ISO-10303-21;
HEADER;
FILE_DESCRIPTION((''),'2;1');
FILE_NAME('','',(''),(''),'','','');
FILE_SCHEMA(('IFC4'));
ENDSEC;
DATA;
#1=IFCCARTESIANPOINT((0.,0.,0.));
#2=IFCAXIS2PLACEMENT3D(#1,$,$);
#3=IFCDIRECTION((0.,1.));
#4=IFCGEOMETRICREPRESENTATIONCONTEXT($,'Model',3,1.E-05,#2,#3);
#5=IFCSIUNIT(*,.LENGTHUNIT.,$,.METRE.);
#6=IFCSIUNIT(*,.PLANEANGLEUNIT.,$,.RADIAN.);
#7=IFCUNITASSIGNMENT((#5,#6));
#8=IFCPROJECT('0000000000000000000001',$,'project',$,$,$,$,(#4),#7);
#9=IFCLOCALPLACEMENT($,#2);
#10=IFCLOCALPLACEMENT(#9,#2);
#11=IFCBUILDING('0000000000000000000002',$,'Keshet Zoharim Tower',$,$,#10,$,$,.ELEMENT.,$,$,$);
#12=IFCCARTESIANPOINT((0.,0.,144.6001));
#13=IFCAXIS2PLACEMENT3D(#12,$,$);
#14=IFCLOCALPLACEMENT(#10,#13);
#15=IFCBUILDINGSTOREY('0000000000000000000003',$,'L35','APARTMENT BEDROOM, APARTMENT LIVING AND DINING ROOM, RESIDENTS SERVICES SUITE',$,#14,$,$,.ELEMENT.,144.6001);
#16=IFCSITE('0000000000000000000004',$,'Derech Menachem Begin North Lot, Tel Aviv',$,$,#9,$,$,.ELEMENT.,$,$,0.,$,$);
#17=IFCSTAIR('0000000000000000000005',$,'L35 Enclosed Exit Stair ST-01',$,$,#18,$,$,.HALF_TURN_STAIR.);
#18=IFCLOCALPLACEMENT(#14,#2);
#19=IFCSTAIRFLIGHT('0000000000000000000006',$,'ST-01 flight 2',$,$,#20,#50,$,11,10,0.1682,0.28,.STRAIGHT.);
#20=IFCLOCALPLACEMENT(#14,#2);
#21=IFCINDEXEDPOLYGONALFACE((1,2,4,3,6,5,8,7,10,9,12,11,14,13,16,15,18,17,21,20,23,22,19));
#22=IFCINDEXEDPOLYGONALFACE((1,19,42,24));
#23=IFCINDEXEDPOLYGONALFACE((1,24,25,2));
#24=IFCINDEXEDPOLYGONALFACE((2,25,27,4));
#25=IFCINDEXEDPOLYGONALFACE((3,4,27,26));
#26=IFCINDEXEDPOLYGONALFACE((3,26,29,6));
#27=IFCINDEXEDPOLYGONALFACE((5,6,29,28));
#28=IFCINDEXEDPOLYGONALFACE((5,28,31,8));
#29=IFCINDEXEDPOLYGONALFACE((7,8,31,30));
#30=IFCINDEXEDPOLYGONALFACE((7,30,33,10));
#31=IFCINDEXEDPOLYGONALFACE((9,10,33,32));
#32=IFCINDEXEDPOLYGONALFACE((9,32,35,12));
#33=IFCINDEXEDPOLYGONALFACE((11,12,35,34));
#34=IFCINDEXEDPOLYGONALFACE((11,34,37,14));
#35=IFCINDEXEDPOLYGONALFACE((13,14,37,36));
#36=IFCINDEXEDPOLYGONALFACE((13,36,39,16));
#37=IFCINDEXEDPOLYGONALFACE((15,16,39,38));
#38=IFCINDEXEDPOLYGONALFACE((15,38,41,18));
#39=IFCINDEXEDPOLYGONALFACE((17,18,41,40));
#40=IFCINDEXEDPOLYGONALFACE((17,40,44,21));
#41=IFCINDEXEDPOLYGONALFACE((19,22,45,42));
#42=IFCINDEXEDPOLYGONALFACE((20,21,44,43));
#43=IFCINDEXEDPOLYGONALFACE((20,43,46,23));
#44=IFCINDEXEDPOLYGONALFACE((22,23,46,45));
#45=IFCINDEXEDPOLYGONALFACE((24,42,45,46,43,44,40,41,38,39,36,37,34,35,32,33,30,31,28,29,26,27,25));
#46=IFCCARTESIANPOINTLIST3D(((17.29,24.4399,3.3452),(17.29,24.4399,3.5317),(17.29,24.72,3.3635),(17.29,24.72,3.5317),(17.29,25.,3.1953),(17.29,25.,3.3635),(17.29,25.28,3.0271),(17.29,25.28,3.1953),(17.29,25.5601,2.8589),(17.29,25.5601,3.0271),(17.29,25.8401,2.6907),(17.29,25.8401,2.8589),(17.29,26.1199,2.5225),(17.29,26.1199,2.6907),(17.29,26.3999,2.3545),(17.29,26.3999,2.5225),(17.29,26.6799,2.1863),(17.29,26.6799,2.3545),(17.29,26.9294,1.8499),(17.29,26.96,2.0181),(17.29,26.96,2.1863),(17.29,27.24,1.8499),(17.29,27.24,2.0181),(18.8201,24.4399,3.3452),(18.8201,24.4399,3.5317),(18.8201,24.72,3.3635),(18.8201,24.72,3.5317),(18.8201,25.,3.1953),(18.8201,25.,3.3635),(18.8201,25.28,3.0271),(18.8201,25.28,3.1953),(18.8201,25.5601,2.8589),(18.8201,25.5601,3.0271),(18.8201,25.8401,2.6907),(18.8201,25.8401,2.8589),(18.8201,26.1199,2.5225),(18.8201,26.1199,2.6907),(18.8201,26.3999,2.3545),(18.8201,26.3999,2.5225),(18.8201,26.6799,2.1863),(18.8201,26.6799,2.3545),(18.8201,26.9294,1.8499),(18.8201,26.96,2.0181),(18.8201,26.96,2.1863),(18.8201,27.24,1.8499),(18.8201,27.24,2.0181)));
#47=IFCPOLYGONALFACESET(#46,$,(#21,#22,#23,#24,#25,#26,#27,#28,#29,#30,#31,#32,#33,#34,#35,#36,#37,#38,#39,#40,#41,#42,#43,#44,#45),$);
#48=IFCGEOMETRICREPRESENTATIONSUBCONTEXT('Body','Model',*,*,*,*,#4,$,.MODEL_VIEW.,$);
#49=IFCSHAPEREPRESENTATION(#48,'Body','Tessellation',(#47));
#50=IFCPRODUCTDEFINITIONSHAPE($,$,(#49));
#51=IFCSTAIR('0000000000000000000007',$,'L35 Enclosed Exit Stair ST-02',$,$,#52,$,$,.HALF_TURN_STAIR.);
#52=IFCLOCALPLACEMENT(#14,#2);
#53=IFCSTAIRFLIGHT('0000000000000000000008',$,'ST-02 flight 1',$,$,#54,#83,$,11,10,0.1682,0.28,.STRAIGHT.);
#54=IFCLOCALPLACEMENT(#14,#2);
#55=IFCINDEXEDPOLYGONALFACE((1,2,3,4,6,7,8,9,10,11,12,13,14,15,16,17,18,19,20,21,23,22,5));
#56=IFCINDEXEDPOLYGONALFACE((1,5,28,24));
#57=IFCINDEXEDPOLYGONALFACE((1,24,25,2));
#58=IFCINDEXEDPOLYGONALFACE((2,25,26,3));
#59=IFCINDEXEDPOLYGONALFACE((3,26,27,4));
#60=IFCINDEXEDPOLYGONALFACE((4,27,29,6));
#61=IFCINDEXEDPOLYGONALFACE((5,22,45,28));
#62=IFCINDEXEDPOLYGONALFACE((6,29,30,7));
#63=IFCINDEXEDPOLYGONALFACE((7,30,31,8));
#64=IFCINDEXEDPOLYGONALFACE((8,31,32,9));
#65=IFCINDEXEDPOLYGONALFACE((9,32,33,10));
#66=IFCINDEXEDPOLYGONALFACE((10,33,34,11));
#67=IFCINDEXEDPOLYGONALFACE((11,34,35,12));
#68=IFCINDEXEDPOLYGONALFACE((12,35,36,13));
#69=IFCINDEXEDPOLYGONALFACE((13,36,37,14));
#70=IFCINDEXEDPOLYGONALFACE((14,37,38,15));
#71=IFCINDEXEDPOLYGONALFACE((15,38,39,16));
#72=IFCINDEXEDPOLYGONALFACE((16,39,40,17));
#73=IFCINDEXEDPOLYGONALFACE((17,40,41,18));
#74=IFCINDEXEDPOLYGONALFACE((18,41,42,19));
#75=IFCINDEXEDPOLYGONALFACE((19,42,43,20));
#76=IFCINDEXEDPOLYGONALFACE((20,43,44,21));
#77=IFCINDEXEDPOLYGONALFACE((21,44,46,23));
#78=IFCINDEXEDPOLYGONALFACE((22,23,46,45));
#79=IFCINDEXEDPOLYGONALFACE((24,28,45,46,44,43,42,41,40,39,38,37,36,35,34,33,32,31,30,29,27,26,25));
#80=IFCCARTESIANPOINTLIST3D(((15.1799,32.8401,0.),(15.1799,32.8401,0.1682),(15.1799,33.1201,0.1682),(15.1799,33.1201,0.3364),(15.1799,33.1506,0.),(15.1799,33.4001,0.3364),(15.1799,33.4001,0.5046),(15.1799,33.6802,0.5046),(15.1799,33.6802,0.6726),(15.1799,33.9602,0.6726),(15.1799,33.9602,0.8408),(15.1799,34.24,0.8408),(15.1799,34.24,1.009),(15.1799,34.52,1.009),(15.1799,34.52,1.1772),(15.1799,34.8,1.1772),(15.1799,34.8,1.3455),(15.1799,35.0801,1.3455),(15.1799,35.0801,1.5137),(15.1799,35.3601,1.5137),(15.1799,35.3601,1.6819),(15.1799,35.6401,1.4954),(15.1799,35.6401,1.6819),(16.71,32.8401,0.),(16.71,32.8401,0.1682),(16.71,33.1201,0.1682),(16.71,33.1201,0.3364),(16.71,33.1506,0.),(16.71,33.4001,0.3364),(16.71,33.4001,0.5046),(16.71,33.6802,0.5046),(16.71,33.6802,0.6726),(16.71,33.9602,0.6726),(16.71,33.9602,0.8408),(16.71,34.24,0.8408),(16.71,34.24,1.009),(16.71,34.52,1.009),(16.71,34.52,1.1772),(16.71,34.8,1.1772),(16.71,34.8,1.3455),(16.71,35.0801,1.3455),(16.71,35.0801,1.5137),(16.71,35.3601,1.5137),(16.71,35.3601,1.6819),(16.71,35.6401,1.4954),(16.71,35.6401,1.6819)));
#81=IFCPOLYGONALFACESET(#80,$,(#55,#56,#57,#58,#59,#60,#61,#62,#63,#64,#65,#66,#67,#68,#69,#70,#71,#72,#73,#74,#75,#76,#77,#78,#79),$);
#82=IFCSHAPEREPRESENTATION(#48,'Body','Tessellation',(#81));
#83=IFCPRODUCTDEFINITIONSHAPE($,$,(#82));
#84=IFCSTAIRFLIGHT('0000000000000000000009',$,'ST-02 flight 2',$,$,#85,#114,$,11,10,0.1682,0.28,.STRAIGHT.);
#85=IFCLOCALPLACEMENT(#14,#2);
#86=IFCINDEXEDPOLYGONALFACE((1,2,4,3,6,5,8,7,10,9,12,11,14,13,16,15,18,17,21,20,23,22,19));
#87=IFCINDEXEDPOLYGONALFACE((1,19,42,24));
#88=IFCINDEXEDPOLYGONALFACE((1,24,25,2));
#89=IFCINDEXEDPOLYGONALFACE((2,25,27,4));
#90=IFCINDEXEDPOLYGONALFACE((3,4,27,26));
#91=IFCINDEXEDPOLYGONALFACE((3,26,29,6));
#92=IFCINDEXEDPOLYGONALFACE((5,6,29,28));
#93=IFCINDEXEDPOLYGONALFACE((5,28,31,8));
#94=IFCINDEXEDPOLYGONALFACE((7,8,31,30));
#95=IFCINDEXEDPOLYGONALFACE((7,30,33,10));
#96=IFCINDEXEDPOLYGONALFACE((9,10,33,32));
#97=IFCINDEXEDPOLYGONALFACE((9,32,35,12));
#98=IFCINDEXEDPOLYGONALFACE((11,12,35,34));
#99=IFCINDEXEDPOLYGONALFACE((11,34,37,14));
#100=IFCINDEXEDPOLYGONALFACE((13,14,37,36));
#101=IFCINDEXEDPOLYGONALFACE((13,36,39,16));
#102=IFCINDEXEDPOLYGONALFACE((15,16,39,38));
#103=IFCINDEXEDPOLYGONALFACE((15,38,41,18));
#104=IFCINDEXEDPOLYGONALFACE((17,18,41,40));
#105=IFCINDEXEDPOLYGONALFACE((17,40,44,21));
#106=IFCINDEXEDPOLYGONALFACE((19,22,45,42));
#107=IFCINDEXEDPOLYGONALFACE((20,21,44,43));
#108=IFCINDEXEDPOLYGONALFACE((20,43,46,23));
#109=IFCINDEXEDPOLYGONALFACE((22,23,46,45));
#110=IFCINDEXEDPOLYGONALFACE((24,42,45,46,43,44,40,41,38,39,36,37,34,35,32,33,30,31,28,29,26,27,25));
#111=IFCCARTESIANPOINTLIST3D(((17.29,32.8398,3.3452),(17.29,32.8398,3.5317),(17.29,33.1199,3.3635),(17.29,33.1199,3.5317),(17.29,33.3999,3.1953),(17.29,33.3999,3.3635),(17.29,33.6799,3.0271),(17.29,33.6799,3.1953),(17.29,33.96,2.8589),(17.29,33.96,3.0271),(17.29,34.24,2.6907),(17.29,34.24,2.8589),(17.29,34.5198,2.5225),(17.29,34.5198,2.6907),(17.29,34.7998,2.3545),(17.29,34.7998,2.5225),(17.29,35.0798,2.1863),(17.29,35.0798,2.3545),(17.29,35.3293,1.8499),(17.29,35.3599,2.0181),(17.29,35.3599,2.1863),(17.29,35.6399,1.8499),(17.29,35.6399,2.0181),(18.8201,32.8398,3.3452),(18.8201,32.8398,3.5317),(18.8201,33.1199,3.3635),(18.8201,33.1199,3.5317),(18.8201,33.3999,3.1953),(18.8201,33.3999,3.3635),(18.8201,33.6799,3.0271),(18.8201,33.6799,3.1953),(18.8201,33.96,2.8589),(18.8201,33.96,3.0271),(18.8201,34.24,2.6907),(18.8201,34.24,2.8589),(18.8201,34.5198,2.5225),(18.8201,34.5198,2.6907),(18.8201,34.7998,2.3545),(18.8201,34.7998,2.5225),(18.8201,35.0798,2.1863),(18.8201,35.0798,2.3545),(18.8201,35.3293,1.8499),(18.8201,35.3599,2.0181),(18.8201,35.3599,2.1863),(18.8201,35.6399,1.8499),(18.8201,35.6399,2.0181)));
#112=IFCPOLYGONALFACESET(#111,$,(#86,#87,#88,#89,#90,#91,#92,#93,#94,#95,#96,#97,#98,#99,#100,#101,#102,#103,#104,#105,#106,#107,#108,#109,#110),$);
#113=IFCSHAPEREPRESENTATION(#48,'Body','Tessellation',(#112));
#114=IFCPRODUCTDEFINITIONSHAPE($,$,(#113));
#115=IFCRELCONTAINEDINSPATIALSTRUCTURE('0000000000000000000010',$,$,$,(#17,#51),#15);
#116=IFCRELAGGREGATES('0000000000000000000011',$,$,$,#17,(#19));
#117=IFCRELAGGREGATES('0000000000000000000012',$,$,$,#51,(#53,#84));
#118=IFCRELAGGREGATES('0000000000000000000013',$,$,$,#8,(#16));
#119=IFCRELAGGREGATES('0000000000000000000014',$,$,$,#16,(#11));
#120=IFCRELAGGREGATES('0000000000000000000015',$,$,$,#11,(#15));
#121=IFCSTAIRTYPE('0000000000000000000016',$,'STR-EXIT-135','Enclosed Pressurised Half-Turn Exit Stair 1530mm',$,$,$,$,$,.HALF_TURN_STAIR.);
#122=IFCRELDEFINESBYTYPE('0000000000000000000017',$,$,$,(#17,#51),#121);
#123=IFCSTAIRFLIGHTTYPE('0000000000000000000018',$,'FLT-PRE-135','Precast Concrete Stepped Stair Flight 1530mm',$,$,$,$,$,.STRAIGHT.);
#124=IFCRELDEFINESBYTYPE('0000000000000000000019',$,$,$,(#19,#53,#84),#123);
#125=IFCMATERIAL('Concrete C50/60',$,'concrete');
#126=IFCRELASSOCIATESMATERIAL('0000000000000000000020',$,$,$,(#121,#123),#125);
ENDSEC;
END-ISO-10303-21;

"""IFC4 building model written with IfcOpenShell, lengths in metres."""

from ifc_helpers import new_model, si_unit, direction, frame, origin, place, context, subcontext, project, spatial, polyline, outline, extrude, material, type_object, element, aggregate, save


model = new_model("IFC4")

# Units and contexts
model_context = context("Model", 3, precision=1e-05, world=origin(), true_north=direction((0.0, 1.0)))
body_context = subcontext(model_context, "Body", "Model", "MODEL_VIEW")
ifc_project = project(units=[si_unit("LENGTHUNIT", "METRE"), si_unit("PLANEANGLEUNIT", "RADIAN")], contexts=[model_context])

# Site, building, storey
site_placement = place(None, origin())
site = spatial("IfcSite", under=ifc_project, at=site_placement, Name="Derech Menachem Begin North Lot, Tel Aviv", CompositionType="ELEMENT", RefElevation=0.0)
building_placement = place(site_placement, origin())
building = spatial("IfcBuilding", under=site, at=building_placement, Name="Keshet Zoharim Tower", CompositionType="ELEMENT")
storey_placement = place(building_placement, frame((0.0, 0.0, 144.6001)))
storey = spatial("IfcBuildingStorey", under=building, at=storey_placement, Name="L35", Description="APARTMENT BEDROOM, APARTMENT LIVING AND DINING ROOM, RESIDENTS SERVICES SUITE", CompositionType="ELEMENT", Elevation=144.6001)

# Stair, stair flight
ifc_material_1 = material(Name="Concrete C50/60", Category="concrete")
stair_type = type_object("IfcStairType", Name="STR-EXIT-135", Description="Enclosed Pressurised Half-Turn Exit Stair 1530mm", PredefinedType="HALF_TURN_STAIR", material=ifc_material_1)
stair_1_placement = place(storey_placement, origin())
stair_1 = element("IfcStair", 1, at=stair_1_placement, inside=storey, type_object=stair_type, Name="L35 Enclosed Exit Stair ST-01", PredefinedType="HALF_TURN_STAIR")
stair_flight_type = type_object("IfcStairFlightType", Name="FLT-PRE-135", Description="Precast Concrete Stepped Stair Flight 1530mm", PredefinedType="STRAIGHT", material=ifc_material_1)
stair_flight_1_placement = place(storey_placement, frame((18.0549, 27.24, 1.8499), z_axis=(0.0, 0.0, 1.0), x_axis=(0.0, -1.0, 0.0)))
stair_flight_1 = element("IfcStairFlight", 2, at=stair_flight_1_placement, type_object=stair_flight_type, Name="ST-01 flight 2", NumberOfRisers=11, NumberOfTreads=10, PredefinedType="STRAIGHT", RiserHeight=0.1682, TreadLength=0.28, context=body_context, shape_type="SweptSolid", body=[
    extrude(outline(polyline([(0.0, 0.0), (0.0, 0.1682), (0.28, 0.1682), (0.28, 0.3364), (0.5601, 0.3364), (0.5601, 0.5046), (0.8401, 0.5046), (0.8401, 0.6726), (1.1201, 0.6726), (1.1201, 0.8408), (1.3999, 0.8408), (1.3999, 1.009), (1.6799, 1.009), (1.6799, 1.1772), (1.96, 1.1772), (1.96, 1.3455), (2.24, 1.3455), (2.24, 1.5137), (2.52, 1.5137), (2.52, 1.6819), (2.8, 1.6819), (2.8, 1.8501), (2.8, 1.4954), (0.3105, 0.0), (0.0, 0.0)])), frame((0.0, 0.7651, 0.0), z_axis=(0.0, -1.0, 0.0), x_axis=(1.0, 0.0, 0.0)), (0.0, 0.0, 1.0), 1.53),
])
aggregate(stair_1, [stair_flight_1])

# Stair, stair flights
stair_2_placement = place(storey_placement, origin())
stair_2 = element("IfcStair", 3, at=stair_2_placement, inside=storey, type_object=stair_type, Name="L35 Enclosed Exit Stair ST-02", PredefinedType="HALF_TURN_STAIR")
stair_flight_2_placement = place(storey_placement, frame((15.9451, 32.8401, 0.0), z_axis=(0.0, 0.0, 1.0), x_axis=(0.0, 1.0, 0.0)))
stair_flight_2 = element("IfcStairFlight", 4, at=stair_flight_2_placement, type_object=stair_flight_type, Name="ST-02 flight 1", NumberOfRisers=11, NumberOfTreads=10, PredefinedType="STRAIGHT", RiserHeight=0.1682, TreadLength=0.28, context=body_context, shape_type="SweptSolid", body=[
    extrude(outline(polyline([(0.0, 0.0), (0.0, 0.1682), (0.28, 0.1682), (0.28, 0.3364), (0.5601, 0.3364), (0.5601, 0.5046), (0.8401, 0.5046), (0.8401, 0.6726), (1.1201, 0.6726), (1.1201, 0.8408), (1.3999, 0.8408), (1.3999, 1.009), (1.6799, 1.009), (1.6799, 1.1772), (1.96, 1.1772), (1.96, 1.3455), (2.24, 1.3455), (2.24, 1.5137), (2.52, 1.5137), (2.52, 1.6819), (2.8, 1.6819), (2.8, 1.8501), (2.8, 1.4954), (0.3105, 0.0), (0.0, 0.0)])), frame((0.0, 0.7651, 0.0), z_axis=(0.0, -1.0, 0.0), x_axis=(1.0, 0.0, 0.0)), (0.0, 0.0, 1.0), 1.53),
])
stair_flight_3_placement = place(storey_placement, frame((18.0549, 35.6399, 1.8499), z_axis=(0.0, 0.0, 1.0), x_axis=(0.0, -1.0, 0.0)))
stair_flight_3 = element("IfcStairFlight", 5, at=stair_flight_3_placement, type_object=stair_flight_type, Name="ST-02 flight 2", NumberOfRisers=11, NumberOfTreads=10, PredefinedType="STRAIGHT", RiserHeight=0.1682, TreadLength=0.28, context=body_context, shape_type="SweptSolid", body=[
    extrude(outline(polyline([(0.0, 0.0), (0.0, 0.1682), (0.28, 0.1682), (0.28, 0.3364), (0.5601, 0.3364), (0.5601, 0.5046), (0.8401, 0.5046), (0.8401, 0.6726), (1.1201, 0.6726), (1.1201, 0.8408), (1.3999, 0.8408), (1.3999, 1.009), (1.6799, 1.009), (1.6799, 1.1772), (1.96, 1.1772), (1.96, 1.3455), (2.24, 1.3455), (2.24, 1.5137), (2.52, 1.5137), (2.52, 1.6819), (2.8, 1.6819), (2.8, 1.8501), (2.8, 1.4954), (0.3105, 0.0), (0.0, 0.0)])), frame((0.0, 0.7651, 0.0), z_axis=(0.0, -1.0, 0.0), x_axis=(1.0, 0.0, 0.0)), (0.0, 0.0, 1.0), 1.53),
])
aggregate(stair_2, [stair_flight_2, stair_flight_3])

save(model, "model.ifc")
